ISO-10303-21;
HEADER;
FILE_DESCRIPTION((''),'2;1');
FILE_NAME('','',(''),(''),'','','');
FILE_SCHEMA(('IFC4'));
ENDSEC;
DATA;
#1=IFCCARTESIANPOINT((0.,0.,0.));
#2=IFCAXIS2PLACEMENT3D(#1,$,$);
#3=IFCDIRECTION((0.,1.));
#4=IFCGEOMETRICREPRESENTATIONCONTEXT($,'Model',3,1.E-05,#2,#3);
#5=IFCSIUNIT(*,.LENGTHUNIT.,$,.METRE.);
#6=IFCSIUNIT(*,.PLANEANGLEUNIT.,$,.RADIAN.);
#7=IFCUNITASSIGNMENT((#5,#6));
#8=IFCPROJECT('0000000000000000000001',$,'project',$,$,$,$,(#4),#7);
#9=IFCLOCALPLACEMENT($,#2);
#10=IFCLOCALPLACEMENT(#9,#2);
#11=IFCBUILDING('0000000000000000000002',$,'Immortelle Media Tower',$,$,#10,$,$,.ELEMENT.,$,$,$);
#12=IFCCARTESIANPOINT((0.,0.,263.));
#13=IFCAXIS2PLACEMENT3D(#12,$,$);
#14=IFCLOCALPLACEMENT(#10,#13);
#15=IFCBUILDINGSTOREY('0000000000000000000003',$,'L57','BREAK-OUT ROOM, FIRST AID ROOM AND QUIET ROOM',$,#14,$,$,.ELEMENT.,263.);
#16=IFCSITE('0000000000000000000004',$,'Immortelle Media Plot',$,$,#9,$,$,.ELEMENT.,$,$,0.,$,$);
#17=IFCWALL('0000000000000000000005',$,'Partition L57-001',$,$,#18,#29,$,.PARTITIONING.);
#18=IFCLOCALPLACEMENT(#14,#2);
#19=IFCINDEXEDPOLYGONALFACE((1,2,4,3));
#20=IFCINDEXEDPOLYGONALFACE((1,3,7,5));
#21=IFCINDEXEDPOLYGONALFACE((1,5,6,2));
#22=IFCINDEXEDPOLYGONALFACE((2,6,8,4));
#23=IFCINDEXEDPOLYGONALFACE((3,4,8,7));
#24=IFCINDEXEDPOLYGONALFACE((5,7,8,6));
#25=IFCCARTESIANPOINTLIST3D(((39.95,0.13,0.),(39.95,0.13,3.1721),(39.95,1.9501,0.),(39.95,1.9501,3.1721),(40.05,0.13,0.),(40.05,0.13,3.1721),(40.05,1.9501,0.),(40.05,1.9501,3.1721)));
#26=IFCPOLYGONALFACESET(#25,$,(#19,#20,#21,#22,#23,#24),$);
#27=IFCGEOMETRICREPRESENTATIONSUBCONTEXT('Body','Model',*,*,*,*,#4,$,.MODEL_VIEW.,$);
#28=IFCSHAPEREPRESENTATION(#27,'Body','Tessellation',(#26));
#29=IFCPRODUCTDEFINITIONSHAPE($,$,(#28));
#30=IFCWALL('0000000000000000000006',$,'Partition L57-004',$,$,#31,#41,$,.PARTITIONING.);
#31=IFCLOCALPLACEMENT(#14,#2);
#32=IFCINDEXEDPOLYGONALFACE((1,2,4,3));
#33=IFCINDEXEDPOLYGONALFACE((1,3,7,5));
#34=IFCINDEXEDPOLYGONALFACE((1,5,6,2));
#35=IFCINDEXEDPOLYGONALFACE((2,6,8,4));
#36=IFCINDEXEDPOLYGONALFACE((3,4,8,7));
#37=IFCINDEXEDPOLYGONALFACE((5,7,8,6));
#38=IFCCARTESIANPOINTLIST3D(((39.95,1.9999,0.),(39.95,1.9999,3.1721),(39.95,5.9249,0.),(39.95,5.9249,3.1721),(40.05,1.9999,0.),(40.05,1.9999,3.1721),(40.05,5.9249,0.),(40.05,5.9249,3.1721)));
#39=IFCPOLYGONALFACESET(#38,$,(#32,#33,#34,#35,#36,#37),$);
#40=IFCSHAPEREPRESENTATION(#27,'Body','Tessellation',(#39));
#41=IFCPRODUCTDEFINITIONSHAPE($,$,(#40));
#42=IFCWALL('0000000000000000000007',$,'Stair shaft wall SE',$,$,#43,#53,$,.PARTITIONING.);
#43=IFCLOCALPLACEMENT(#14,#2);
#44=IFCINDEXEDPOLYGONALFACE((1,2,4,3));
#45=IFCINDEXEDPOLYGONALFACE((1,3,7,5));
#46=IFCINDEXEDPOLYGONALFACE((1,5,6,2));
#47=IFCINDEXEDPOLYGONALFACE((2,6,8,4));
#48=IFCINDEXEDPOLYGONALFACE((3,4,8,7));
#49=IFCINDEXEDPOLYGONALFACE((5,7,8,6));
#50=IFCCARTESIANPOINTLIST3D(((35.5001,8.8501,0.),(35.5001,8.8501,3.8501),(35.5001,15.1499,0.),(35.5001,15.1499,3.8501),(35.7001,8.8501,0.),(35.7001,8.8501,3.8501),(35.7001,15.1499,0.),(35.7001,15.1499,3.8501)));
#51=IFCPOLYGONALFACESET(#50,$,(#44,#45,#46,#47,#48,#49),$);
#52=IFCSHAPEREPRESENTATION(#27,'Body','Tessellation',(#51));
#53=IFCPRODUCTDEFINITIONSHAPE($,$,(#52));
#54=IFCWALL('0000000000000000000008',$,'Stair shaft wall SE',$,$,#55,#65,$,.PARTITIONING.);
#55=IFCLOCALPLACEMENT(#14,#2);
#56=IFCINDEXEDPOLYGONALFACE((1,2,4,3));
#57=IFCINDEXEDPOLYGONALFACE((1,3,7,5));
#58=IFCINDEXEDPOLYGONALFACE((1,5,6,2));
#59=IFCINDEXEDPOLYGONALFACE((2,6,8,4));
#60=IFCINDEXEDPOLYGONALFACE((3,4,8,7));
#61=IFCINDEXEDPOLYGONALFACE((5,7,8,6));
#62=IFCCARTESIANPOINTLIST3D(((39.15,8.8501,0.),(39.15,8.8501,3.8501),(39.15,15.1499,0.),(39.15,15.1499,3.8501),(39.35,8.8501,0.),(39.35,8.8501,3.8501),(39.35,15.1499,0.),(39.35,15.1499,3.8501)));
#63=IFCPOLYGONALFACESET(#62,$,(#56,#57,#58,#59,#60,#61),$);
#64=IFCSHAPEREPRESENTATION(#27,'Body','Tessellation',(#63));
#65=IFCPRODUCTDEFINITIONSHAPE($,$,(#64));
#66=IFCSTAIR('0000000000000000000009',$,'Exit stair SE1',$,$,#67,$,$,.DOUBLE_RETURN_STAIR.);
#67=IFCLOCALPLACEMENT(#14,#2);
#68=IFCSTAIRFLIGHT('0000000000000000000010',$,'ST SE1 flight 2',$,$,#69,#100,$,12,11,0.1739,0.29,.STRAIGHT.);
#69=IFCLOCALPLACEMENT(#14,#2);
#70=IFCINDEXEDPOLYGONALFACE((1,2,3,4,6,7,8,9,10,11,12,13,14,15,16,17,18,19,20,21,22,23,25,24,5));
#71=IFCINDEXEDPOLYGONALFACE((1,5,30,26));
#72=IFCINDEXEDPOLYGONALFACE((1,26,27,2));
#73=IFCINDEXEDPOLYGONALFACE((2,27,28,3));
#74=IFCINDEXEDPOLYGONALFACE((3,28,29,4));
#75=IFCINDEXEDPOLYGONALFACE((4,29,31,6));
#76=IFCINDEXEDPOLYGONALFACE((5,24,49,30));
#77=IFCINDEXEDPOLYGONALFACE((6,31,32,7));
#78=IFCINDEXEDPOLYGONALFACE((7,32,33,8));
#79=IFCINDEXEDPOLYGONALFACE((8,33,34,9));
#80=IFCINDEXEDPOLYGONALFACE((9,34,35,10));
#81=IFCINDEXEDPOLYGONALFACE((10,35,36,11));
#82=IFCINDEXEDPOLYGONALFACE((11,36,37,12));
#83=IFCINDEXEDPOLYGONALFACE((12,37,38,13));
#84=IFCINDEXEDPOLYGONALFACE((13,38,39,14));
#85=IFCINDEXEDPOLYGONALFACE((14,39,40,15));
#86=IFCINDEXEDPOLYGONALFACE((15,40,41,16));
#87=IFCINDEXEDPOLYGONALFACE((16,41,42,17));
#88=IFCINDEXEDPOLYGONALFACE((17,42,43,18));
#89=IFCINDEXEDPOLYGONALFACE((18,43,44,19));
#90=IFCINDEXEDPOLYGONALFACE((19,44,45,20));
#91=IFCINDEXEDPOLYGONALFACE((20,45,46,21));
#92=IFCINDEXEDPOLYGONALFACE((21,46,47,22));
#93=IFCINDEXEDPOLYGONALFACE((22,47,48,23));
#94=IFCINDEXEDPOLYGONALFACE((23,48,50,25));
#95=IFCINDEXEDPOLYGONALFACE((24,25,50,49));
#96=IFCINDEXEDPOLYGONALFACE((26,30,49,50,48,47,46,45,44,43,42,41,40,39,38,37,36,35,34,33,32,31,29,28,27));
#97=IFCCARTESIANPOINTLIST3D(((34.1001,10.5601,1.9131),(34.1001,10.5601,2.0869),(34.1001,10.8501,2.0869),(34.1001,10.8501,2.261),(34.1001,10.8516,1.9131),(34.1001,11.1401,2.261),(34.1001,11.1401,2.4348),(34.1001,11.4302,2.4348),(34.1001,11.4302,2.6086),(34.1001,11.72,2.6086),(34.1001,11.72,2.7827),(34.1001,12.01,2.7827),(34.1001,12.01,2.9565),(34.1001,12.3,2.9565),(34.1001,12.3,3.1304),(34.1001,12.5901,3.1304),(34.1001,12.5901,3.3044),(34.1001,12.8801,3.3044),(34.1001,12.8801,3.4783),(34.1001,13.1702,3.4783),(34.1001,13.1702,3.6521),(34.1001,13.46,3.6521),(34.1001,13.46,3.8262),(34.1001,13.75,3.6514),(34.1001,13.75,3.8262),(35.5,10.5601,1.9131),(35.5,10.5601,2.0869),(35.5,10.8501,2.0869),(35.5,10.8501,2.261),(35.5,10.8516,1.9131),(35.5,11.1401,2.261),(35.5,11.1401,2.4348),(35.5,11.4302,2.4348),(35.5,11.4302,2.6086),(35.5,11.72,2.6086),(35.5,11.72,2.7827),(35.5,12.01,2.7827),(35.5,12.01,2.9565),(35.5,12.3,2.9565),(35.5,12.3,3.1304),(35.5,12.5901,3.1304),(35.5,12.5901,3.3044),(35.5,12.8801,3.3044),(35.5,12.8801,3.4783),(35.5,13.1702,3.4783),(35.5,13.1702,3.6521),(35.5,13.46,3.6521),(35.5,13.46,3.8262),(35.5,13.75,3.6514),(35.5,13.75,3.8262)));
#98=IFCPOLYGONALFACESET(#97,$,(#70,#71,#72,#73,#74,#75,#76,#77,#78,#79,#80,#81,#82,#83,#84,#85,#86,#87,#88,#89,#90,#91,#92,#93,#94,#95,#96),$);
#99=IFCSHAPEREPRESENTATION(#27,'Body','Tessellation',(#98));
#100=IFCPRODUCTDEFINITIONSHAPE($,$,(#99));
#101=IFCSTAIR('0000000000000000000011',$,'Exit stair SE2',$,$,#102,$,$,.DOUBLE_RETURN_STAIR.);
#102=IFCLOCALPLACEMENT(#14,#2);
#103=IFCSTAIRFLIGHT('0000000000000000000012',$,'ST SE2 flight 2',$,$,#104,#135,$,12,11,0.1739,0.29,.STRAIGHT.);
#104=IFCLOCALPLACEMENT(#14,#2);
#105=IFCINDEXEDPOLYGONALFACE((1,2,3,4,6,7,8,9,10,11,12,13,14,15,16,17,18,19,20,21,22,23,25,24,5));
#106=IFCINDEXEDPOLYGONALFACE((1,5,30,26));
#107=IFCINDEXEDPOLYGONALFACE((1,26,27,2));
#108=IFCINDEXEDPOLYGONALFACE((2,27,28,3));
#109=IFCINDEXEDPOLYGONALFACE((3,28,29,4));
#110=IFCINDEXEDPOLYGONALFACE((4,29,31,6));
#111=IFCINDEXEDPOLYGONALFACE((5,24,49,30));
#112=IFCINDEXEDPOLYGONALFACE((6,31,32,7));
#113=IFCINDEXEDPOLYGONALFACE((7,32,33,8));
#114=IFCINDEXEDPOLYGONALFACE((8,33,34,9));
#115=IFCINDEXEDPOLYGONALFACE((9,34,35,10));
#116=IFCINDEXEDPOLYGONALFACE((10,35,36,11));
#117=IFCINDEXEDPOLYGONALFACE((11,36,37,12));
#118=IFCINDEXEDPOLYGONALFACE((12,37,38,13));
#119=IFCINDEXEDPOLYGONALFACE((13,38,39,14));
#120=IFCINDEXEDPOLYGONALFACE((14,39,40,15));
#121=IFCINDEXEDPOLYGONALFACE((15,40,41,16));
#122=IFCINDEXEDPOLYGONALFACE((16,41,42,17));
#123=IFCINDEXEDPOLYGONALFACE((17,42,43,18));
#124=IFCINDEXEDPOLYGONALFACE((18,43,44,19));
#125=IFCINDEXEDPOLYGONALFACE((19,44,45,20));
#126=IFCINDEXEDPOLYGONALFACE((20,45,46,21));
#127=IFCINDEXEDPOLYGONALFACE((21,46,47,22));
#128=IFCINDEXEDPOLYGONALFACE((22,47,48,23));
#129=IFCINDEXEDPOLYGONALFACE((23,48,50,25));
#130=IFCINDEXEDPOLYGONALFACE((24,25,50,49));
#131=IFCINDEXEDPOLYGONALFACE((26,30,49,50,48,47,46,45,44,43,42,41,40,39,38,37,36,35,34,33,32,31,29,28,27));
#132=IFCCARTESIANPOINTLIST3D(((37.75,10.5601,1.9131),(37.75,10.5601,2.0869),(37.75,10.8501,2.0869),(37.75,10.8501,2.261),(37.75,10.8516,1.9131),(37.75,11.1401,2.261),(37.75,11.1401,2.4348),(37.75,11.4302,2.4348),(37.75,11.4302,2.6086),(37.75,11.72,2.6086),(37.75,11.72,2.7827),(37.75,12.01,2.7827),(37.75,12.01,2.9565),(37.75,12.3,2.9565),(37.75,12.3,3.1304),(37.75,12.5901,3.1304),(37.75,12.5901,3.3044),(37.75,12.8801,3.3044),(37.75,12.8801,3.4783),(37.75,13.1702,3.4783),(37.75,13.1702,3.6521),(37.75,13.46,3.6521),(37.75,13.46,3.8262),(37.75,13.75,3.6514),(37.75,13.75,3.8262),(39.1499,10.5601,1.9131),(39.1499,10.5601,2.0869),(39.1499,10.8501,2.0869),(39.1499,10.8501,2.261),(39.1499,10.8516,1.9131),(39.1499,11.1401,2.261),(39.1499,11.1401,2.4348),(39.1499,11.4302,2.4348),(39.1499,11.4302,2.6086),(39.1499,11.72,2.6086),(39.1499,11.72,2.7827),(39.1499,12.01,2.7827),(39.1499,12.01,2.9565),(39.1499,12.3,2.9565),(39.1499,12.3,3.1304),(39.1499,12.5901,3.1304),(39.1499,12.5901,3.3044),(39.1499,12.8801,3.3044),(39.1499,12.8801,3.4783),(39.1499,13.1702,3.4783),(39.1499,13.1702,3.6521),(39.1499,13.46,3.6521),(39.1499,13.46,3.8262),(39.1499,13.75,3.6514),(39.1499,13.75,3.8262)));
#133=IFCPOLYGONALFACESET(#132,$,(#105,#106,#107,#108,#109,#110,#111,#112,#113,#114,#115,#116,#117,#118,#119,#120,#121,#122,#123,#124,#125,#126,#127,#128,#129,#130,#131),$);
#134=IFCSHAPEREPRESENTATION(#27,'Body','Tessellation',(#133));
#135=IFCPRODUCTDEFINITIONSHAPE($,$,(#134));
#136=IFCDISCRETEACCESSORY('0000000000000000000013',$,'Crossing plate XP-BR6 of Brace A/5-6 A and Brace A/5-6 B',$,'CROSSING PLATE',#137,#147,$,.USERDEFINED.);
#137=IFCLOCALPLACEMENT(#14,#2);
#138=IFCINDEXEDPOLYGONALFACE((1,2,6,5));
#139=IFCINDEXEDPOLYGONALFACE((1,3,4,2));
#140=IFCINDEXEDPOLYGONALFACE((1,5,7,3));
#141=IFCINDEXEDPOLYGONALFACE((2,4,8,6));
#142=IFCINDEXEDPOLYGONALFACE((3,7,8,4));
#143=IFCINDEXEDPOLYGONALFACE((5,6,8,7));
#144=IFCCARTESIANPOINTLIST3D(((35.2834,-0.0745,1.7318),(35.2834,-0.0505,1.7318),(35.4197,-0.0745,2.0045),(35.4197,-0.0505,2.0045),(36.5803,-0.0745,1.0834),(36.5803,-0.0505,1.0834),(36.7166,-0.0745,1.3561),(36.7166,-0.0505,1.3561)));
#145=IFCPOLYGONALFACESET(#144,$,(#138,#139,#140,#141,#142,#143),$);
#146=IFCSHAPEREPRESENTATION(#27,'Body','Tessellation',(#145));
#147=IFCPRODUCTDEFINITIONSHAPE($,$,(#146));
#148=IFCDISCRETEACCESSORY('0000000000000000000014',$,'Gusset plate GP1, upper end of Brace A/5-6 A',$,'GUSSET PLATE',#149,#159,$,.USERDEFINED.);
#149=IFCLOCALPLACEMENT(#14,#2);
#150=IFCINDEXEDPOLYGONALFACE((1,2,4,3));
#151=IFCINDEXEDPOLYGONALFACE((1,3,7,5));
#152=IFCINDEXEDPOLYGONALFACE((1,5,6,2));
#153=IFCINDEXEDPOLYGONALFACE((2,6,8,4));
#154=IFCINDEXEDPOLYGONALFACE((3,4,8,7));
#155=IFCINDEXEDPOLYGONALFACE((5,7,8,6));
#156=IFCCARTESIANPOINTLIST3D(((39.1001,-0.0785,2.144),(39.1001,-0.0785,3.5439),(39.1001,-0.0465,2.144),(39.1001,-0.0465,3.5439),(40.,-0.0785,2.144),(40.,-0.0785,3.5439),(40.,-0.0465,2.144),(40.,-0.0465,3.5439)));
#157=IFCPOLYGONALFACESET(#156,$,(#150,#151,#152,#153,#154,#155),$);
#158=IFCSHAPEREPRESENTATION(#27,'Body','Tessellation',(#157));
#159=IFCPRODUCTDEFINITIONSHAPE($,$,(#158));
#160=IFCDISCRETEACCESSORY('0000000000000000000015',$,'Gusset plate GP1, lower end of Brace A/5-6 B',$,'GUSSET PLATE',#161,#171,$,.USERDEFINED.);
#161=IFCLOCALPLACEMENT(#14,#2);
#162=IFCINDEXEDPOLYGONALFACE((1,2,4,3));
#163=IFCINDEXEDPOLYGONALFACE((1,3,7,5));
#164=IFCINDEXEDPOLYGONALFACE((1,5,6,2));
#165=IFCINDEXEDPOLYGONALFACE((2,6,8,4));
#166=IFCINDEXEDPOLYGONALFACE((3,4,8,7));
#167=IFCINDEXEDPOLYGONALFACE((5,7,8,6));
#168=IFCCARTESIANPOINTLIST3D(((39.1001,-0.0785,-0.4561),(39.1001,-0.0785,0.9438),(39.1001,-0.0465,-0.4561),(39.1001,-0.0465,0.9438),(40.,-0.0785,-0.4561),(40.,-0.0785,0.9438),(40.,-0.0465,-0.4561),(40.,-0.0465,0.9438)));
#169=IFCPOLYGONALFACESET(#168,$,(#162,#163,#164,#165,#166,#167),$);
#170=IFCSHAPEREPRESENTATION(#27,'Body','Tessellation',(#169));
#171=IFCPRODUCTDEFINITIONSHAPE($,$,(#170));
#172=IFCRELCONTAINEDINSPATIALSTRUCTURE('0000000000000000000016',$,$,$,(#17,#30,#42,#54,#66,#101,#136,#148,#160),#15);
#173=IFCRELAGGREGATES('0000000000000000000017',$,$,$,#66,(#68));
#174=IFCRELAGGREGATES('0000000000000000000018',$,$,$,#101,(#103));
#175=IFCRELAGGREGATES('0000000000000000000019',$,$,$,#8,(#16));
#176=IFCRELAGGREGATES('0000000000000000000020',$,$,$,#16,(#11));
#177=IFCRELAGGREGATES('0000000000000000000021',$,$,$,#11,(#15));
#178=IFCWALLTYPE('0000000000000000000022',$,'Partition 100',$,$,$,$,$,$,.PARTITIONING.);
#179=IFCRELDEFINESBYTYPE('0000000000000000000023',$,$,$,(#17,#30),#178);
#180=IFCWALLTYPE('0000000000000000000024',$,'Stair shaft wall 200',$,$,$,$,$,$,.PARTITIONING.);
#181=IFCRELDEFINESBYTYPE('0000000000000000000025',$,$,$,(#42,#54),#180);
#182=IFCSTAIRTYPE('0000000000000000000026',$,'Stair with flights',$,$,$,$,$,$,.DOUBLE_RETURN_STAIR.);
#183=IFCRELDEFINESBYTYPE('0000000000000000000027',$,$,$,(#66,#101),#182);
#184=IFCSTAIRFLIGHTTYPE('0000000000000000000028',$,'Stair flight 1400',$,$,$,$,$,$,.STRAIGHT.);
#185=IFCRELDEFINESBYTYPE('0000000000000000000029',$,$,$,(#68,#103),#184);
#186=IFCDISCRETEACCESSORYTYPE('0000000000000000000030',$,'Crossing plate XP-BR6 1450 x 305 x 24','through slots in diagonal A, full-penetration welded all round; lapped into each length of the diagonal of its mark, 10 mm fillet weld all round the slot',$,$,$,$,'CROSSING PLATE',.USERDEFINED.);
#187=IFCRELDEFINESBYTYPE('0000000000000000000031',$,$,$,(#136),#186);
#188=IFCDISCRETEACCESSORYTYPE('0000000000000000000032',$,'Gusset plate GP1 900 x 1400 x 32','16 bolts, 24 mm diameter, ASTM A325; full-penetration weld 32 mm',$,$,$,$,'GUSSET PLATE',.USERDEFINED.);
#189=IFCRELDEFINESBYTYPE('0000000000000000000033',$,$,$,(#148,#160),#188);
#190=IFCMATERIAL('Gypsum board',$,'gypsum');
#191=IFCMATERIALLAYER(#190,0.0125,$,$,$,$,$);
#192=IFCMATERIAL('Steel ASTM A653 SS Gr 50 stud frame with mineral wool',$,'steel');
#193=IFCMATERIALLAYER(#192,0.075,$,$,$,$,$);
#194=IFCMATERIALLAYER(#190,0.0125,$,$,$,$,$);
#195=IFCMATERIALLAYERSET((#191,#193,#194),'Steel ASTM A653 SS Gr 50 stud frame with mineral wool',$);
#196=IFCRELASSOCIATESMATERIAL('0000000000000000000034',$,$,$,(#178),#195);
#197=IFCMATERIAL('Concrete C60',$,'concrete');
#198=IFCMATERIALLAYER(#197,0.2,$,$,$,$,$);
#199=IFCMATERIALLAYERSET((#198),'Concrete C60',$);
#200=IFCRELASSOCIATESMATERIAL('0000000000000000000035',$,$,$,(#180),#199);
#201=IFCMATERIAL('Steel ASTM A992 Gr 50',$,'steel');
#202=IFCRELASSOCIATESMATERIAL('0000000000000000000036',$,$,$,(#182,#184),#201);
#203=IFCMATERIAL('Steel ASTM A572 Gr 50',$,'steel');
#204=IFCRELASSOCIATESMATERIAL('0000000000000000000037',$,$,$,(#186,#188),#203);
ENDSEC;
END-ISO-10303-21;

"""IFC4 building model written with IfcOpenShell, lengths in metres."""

from ifc_helpers import new_model, si_unit, direction, frame, frame_2d, origin, origin_2d, place, context, subcontext, project, spatial, polyline, rectangle, outline, extrude, material, layer, layer_set, material_profile, profile_set, type_object, element, aggregate, save


model = new_model("IFC4")

# Units and contexts
model_context = context("Model", 3, precision=1e-05, world=origin(), true_north=direction((0.0, 1.0)))
body_context = subcontext(model_context, "Body", "Model", "MODEL_VIEW")
ifc_project = project(units=[si_unit("LENGTHUNIT", "METRE"), si_unit("PLANEANGLEUNIT", "RADIAN")], contexts=[model_context])

# Site, building, storey
site_placement = place(None, origin())
site = spatial("IfcSite", under=ifc_project, at=site_placement, Name="Immortelle Media Plot", CompositionType="ELEMENT", RefElevation=0.0)
building_placement = place(site_placement, origin())
building = spatial("IfcBuilding", under=site, at=building_placement, Name="Immortelle Media Tower", CompositionType="ELEMENT")
storey_placement = place(building_placement, frame((0.0, 0.0, 263.0)))
storey = spatial("IfcBuildingStorey", under=building, at=storey_placement, Name="L57", Description="BREAK-OUT ROOM, FIRST AID ROOM AND QUIET ROOM", CompositionType="ELEMENT", Elevation=263.0)

# Shared definitions
ifc_material_1 = material(Name="Steel ASTM A992 Gr 50", Category="steel")

# Walls
ifc_material_2 = material(Name="Steel ASTM A653 SS Gr 50 stud frame with mineral wool", Category="steel")
ifc_material_3 = material(Name="Gypsum board", Category="gypsum")
ifc_layer_1 = layer(ifc_material_3, 0.0125)
ifc_layer_2 = layer(ifc_material_2, 0.075)
ifc_layer_3 = layer(ifc_material_3, 0.0125)
ifc_layer_set_1 = layer_set([ifc_layer_1, ifc_layer_2, ifc_layer_3], Name="Steel ASTM A653 SS Gr 50 stud frame with mineral wool")
wall_type_1 = type_object("IfcWallType", Name="Partition 100", PredefinedType="PARTITIONING", material=ifc_layer_set_1)
wall_1_placement = place(storey_placement, frame((40.0, 0.1299, 0.0), z_axis=(0.0, 0.0, 1.0), x_axis=(0.0, 1.0, 0.0)))
element("IfcWall", 1, at=wall_1_placement, inside=storey, type_object=wall_type_1, Name="Partition L57-001", PredefinedType="PARTITIONING", context=body_context, shape_type="SweptSolid", body=[
    extrude(rectangle(XDim=1.8201, YDim=0.1001, at=frame_2d((0.9102, 0.0))), origin(), (0.0, 0.0, 1.0), 3.1721),
])
wall_2_placement = place(storey_placement, frame((40.0, 2.0, 0.0), z_axis=(0.0, 0.0, 1.0), x_axis=(0.0, 1.0, 0.0)))
element("IfcWall", 2, at=wall_2_placement, inside=storey, type_object=wall_type_1, Name="Partition L57-004", PredefinedType="PARTITIONING", context=body_context, shape_type="SweptSolid", body=[
    extrude(rectangle(XDim=3.925, YDim=0.1001, at=frame_2d((1.9624, 0.0))), origin(), (0.0, 0.0, 1.0), 3.1721),
])
ifc_material_4 = material(Name="Concrete C60", Category="concrete")
ifc_layer_4 = layer(ifc_material_4, 0.2)
ifc_layer_set_2 = layer_set([ifc_layer_4], Name="Concrete C60")
wall_type_2 = type_object("IfcWallType", Name="Stair shaft wall 200", PredefinedType="PARTITIONING", material=ifc_layer_set_2)
for number, where, z_axis, x_axis, name in (
    (3, (35.6001, 8.8501, 0.0), (0.0, 0.0, 1.0), (0.0, 1.0, 0.0), "Stair shaft wall SE"),
    (4, (39.25, 8.8501, 0.0), (0.0, 0.0, 1.0), (0.0, 1.0, 0.0), "Stair shaft wall SE"),
):
    element("IfcWall", number, at=place(storey_placement, frame(where, z_axis=z_axis, x_axis=x_axis)), inside=storey, type_object=wall_type_2, Name=name, PredefinedType="PARTITIONING", context=body_context, shape_type="SweptSolid", body=[
        extrude(rectangle(XDim=6.2998, YDim=0.2, at=frame_2d((3.1499, 0.0))), origin(), (0.0, 0.0, 1.0), 3.8501),
    ])

# Stairs, stair flights
stair_type = type_object("IfcStairType", Name="Stair with flights", PredefinedType="DOUBLE_RETURN_STAIR", material=ifc_material_1)
stair_1_placement = place(storey_placement, origin())
stair_1 = element("IfcStair", 5, at=stair_1_placement, inside=storey, type_object=stair_type, Name="Exit stair SE1", PredefinedType="DOUBLE_RETURN_STAIR")
stair_flight_type = type_object("IfcStairFlightType", Name="Stair flight 1400", PredefinedType="STRAIGHT", material=ifc_material_1)
stair_flight_1_placement = place(storey_placement, frame((34.8, 10.5601, 1.9131), z_axis=(0.0, 0.0, 1.0), x_axis=(0.0, 1.0, 0.0)))
stair_flight_1 = element("IfcStairFlight", 6, at=stair_flight_1_placement, type_object=stair_flight_type, Name="ST SE1 flight 2", NumberOfRisers=12, NumberOfTreads=11, PredefinedType="STRAIGHT", RiserHeight=0.1739, TreadLength=0.29, context=body_context, shape_type="SweptSolid", body=[
    extrude(outline(polyline([(0.0, 0.0), (0.0, 0.1738), (0.29, 0.1738), (0.29, 0.3479), (0.5801, 0.3479), (0.5801, 0.5217), (0.8701, 0.5217), (0.8701, 0.6956), (1.1599, 0.6956), (1.1599, 0.8696), (1.45, 0.8696), (1.45, 1.0435), (1.74, 1.0435), (1.74, 1.2173), (2.03, 1.2173), (2.03, 1.3914), (2.3201, 1.3914), (2.3201, 1.5652), (2.6101, 1.5652), (2.6101, 1.739), (2.8999, 1.739), (2.8999, 1.9131), (3.1899, 1.9131), (3.1899, 2.0869), (3.1899, 1.7383), (0.2915, 0.0), (0.0, 0.0)])), frame((0.0, 0.7, 0.0), z_axis=(0.0, -1.0, 0.0), x_axis=(1.0, 0.0, 0.0)), (0.0, 0.0, 1.0), 1.3999),
])
aggregate(stair_1, [stair_flight_1])
stair_2_placement = place(storey_placement, origin())
stair_2 = element("IfcStair", 7, at=stair_2_placement, inside=storey, type_object=stair_type, Name="Exit stair SE2", PredefinedType="DOUBLE_RETURN_STAIR")
stair_flight_2_placement = place(storey_placement, frame((38.45, 10.5601, 1.9131), z_axis=(0.0, 0.0, 1.0), x_axis=(0.0, 1.0, 0.0)))
stair_flight_2 = element("IfcStairFlight", 8, at=stair_flight_2_placement, type_object=stair_flight_type, Name="ST SE2 flight 2", NumberOfRisers=12, NumberOfTreads=11, PredefinedType="STRAIGHT", RiserHeight=0.1739, TreadLength=0.29, context=body_context, shape_type="SweptSolid", body=[
    extrude(outline(polyline([(0.0, 0.0), (0.0, 0.1738), (0.29, 0.1738), (0.29, 0.3479), (0.5801, 0.3479), (0.5801, 0.5217), (0.8701, 0.5217), (0.8701, 0.6956), (1.1599, 0.6956), (1.1599, 0.8696), (1.45, 0.8696), (1.45, 1.0435), (1.74, 1.0435), (1.74, 1.2173), (2.03, 1.2173), (2.03, 1.3914), (2.3201, 1.3914), (2.3201, 1.5652), (2.6101, 1.5652), (2.6101, 1.739), (2.8999, 1.739), (2.8999, 1.9131), (3.1899, 1.9131), (3.1899, 2.0869), (3.1899, 1.7383), (0.2915, 0.0), (0.0, 0.0)])), frame((0.0, 0.7, 0.0), z_axis=(0.0, -1.0, 0.0), x_axis=(1.0, 0.0, 0.0)), (0.0, 0.0, 1.0), 1.3999),
])
aggregate(stair_2, [stair_flight_2])

# Discrete accessories
ifc_material_5 = material(Name="Steel ASTM A572 Gr 50", Category="steel")
ifc_material_profile_1 = material_profile(ifc_material_5, rectangle(XDim=0.0239, YDim=0.3049, at=origin_2d()), Name="PL 24 x 305")
ifc_profile_set_1 = profile_set([ifc_material_profile_1], Name="Steel ASTM A572 Gr 50")
discrete_accessory_type_1 = type_object("IfcDiscreteAccessoryType", Name="Crossing plate XP-BR6 1450 x 305 x 24", Description="through slots in diagonal A, full-penetration welded all round; lapped into each length of the diagonal of its mark, 10 mm fillet weld all round the slot", ElementType="CROSSING PLATE", PredefinedType="USERDEFINED", material=ifc_profile_set_1)
discrete_accessory_placement = place(storey_placement, frame((35.3516, -0.0625, 1.8682), z_axis=(0.894427, 0.0, -0.447214), x_axis=(0.0, 1.0, 0.0)))
element("IfcDiscreteAccessory", 9, at=discrete_accessory_placement, inside=storey, type_object=discrete_accessory_type_1, Name="Crossing plate XP-BR6 of Brace A/5-6 A and Brace A/5-6 B", ObjectType="CROSSING PLATE", PredefinedType="USERDEFINED", context=body_context, shape_type="SweptSolid", body=[
    extrude(rectangle(XDim=0.0239, YDim=0.3049, at=origin_2d()), origin(), (0.0, 0.0, 1.0), 1.45),
])
ifc_material_profile_2 = material_profile(ifc_material_5, rectangle(XDim=0.032, YDim=1.3999, at=origin_2d()), Name="PL 32 x 1400")
ifc_profile_set_2 = profile_set([ifc_material_profile_2], Name="Steel ASTM A572 Gr 50")
discrete_accessory_type_2 = type_object("IfcDiscreteAccessoryType", Name="Gusset plate GP1 900 x 1400 x 32", Description="16 bolts, 24 mm diameter, ASTM A325; full-penetration weld 32 mm", ElementType="GUSSET PLATE", PredefinedType="USERDEFINED", material=ifc_profile_set_2)
for number, where, z_axis, x_axis, name in (
    (10, (40.0, -0.0625, 2.844), (-1.0, 0.0, 0.0), (0.0, -1.0, 0.0), "Gusset plate GP1, upper end of Brace A/5-6 A"),
    (11, (40.0, -0.0625, 0.2439), (-1.0, 0.0, 0.0), (0.0, -1.0, 0.0), "Gusset plate GP1, lower end of Brace A/5-6 B"),
):
    element("IfcDiscreteAccessory", number, at=place(storey_placement, frame(where, z_axis=z_axis, x_axis=x_axis)), inside=storey, type_object=discrete_accessory_type_2, Name=name, ObjectType="GUSSET PLATE", PredefinedType="USERDEFINED", context=body_context, shape_type="SweptSolid", body=[
        extrude(rectangle(XDim=0.032, YDim=1.3999, at=origin_2d()), origin(), (0.0, 0.0, 1.0), 0.8999),
    ])

save(model, "model.ifc")
